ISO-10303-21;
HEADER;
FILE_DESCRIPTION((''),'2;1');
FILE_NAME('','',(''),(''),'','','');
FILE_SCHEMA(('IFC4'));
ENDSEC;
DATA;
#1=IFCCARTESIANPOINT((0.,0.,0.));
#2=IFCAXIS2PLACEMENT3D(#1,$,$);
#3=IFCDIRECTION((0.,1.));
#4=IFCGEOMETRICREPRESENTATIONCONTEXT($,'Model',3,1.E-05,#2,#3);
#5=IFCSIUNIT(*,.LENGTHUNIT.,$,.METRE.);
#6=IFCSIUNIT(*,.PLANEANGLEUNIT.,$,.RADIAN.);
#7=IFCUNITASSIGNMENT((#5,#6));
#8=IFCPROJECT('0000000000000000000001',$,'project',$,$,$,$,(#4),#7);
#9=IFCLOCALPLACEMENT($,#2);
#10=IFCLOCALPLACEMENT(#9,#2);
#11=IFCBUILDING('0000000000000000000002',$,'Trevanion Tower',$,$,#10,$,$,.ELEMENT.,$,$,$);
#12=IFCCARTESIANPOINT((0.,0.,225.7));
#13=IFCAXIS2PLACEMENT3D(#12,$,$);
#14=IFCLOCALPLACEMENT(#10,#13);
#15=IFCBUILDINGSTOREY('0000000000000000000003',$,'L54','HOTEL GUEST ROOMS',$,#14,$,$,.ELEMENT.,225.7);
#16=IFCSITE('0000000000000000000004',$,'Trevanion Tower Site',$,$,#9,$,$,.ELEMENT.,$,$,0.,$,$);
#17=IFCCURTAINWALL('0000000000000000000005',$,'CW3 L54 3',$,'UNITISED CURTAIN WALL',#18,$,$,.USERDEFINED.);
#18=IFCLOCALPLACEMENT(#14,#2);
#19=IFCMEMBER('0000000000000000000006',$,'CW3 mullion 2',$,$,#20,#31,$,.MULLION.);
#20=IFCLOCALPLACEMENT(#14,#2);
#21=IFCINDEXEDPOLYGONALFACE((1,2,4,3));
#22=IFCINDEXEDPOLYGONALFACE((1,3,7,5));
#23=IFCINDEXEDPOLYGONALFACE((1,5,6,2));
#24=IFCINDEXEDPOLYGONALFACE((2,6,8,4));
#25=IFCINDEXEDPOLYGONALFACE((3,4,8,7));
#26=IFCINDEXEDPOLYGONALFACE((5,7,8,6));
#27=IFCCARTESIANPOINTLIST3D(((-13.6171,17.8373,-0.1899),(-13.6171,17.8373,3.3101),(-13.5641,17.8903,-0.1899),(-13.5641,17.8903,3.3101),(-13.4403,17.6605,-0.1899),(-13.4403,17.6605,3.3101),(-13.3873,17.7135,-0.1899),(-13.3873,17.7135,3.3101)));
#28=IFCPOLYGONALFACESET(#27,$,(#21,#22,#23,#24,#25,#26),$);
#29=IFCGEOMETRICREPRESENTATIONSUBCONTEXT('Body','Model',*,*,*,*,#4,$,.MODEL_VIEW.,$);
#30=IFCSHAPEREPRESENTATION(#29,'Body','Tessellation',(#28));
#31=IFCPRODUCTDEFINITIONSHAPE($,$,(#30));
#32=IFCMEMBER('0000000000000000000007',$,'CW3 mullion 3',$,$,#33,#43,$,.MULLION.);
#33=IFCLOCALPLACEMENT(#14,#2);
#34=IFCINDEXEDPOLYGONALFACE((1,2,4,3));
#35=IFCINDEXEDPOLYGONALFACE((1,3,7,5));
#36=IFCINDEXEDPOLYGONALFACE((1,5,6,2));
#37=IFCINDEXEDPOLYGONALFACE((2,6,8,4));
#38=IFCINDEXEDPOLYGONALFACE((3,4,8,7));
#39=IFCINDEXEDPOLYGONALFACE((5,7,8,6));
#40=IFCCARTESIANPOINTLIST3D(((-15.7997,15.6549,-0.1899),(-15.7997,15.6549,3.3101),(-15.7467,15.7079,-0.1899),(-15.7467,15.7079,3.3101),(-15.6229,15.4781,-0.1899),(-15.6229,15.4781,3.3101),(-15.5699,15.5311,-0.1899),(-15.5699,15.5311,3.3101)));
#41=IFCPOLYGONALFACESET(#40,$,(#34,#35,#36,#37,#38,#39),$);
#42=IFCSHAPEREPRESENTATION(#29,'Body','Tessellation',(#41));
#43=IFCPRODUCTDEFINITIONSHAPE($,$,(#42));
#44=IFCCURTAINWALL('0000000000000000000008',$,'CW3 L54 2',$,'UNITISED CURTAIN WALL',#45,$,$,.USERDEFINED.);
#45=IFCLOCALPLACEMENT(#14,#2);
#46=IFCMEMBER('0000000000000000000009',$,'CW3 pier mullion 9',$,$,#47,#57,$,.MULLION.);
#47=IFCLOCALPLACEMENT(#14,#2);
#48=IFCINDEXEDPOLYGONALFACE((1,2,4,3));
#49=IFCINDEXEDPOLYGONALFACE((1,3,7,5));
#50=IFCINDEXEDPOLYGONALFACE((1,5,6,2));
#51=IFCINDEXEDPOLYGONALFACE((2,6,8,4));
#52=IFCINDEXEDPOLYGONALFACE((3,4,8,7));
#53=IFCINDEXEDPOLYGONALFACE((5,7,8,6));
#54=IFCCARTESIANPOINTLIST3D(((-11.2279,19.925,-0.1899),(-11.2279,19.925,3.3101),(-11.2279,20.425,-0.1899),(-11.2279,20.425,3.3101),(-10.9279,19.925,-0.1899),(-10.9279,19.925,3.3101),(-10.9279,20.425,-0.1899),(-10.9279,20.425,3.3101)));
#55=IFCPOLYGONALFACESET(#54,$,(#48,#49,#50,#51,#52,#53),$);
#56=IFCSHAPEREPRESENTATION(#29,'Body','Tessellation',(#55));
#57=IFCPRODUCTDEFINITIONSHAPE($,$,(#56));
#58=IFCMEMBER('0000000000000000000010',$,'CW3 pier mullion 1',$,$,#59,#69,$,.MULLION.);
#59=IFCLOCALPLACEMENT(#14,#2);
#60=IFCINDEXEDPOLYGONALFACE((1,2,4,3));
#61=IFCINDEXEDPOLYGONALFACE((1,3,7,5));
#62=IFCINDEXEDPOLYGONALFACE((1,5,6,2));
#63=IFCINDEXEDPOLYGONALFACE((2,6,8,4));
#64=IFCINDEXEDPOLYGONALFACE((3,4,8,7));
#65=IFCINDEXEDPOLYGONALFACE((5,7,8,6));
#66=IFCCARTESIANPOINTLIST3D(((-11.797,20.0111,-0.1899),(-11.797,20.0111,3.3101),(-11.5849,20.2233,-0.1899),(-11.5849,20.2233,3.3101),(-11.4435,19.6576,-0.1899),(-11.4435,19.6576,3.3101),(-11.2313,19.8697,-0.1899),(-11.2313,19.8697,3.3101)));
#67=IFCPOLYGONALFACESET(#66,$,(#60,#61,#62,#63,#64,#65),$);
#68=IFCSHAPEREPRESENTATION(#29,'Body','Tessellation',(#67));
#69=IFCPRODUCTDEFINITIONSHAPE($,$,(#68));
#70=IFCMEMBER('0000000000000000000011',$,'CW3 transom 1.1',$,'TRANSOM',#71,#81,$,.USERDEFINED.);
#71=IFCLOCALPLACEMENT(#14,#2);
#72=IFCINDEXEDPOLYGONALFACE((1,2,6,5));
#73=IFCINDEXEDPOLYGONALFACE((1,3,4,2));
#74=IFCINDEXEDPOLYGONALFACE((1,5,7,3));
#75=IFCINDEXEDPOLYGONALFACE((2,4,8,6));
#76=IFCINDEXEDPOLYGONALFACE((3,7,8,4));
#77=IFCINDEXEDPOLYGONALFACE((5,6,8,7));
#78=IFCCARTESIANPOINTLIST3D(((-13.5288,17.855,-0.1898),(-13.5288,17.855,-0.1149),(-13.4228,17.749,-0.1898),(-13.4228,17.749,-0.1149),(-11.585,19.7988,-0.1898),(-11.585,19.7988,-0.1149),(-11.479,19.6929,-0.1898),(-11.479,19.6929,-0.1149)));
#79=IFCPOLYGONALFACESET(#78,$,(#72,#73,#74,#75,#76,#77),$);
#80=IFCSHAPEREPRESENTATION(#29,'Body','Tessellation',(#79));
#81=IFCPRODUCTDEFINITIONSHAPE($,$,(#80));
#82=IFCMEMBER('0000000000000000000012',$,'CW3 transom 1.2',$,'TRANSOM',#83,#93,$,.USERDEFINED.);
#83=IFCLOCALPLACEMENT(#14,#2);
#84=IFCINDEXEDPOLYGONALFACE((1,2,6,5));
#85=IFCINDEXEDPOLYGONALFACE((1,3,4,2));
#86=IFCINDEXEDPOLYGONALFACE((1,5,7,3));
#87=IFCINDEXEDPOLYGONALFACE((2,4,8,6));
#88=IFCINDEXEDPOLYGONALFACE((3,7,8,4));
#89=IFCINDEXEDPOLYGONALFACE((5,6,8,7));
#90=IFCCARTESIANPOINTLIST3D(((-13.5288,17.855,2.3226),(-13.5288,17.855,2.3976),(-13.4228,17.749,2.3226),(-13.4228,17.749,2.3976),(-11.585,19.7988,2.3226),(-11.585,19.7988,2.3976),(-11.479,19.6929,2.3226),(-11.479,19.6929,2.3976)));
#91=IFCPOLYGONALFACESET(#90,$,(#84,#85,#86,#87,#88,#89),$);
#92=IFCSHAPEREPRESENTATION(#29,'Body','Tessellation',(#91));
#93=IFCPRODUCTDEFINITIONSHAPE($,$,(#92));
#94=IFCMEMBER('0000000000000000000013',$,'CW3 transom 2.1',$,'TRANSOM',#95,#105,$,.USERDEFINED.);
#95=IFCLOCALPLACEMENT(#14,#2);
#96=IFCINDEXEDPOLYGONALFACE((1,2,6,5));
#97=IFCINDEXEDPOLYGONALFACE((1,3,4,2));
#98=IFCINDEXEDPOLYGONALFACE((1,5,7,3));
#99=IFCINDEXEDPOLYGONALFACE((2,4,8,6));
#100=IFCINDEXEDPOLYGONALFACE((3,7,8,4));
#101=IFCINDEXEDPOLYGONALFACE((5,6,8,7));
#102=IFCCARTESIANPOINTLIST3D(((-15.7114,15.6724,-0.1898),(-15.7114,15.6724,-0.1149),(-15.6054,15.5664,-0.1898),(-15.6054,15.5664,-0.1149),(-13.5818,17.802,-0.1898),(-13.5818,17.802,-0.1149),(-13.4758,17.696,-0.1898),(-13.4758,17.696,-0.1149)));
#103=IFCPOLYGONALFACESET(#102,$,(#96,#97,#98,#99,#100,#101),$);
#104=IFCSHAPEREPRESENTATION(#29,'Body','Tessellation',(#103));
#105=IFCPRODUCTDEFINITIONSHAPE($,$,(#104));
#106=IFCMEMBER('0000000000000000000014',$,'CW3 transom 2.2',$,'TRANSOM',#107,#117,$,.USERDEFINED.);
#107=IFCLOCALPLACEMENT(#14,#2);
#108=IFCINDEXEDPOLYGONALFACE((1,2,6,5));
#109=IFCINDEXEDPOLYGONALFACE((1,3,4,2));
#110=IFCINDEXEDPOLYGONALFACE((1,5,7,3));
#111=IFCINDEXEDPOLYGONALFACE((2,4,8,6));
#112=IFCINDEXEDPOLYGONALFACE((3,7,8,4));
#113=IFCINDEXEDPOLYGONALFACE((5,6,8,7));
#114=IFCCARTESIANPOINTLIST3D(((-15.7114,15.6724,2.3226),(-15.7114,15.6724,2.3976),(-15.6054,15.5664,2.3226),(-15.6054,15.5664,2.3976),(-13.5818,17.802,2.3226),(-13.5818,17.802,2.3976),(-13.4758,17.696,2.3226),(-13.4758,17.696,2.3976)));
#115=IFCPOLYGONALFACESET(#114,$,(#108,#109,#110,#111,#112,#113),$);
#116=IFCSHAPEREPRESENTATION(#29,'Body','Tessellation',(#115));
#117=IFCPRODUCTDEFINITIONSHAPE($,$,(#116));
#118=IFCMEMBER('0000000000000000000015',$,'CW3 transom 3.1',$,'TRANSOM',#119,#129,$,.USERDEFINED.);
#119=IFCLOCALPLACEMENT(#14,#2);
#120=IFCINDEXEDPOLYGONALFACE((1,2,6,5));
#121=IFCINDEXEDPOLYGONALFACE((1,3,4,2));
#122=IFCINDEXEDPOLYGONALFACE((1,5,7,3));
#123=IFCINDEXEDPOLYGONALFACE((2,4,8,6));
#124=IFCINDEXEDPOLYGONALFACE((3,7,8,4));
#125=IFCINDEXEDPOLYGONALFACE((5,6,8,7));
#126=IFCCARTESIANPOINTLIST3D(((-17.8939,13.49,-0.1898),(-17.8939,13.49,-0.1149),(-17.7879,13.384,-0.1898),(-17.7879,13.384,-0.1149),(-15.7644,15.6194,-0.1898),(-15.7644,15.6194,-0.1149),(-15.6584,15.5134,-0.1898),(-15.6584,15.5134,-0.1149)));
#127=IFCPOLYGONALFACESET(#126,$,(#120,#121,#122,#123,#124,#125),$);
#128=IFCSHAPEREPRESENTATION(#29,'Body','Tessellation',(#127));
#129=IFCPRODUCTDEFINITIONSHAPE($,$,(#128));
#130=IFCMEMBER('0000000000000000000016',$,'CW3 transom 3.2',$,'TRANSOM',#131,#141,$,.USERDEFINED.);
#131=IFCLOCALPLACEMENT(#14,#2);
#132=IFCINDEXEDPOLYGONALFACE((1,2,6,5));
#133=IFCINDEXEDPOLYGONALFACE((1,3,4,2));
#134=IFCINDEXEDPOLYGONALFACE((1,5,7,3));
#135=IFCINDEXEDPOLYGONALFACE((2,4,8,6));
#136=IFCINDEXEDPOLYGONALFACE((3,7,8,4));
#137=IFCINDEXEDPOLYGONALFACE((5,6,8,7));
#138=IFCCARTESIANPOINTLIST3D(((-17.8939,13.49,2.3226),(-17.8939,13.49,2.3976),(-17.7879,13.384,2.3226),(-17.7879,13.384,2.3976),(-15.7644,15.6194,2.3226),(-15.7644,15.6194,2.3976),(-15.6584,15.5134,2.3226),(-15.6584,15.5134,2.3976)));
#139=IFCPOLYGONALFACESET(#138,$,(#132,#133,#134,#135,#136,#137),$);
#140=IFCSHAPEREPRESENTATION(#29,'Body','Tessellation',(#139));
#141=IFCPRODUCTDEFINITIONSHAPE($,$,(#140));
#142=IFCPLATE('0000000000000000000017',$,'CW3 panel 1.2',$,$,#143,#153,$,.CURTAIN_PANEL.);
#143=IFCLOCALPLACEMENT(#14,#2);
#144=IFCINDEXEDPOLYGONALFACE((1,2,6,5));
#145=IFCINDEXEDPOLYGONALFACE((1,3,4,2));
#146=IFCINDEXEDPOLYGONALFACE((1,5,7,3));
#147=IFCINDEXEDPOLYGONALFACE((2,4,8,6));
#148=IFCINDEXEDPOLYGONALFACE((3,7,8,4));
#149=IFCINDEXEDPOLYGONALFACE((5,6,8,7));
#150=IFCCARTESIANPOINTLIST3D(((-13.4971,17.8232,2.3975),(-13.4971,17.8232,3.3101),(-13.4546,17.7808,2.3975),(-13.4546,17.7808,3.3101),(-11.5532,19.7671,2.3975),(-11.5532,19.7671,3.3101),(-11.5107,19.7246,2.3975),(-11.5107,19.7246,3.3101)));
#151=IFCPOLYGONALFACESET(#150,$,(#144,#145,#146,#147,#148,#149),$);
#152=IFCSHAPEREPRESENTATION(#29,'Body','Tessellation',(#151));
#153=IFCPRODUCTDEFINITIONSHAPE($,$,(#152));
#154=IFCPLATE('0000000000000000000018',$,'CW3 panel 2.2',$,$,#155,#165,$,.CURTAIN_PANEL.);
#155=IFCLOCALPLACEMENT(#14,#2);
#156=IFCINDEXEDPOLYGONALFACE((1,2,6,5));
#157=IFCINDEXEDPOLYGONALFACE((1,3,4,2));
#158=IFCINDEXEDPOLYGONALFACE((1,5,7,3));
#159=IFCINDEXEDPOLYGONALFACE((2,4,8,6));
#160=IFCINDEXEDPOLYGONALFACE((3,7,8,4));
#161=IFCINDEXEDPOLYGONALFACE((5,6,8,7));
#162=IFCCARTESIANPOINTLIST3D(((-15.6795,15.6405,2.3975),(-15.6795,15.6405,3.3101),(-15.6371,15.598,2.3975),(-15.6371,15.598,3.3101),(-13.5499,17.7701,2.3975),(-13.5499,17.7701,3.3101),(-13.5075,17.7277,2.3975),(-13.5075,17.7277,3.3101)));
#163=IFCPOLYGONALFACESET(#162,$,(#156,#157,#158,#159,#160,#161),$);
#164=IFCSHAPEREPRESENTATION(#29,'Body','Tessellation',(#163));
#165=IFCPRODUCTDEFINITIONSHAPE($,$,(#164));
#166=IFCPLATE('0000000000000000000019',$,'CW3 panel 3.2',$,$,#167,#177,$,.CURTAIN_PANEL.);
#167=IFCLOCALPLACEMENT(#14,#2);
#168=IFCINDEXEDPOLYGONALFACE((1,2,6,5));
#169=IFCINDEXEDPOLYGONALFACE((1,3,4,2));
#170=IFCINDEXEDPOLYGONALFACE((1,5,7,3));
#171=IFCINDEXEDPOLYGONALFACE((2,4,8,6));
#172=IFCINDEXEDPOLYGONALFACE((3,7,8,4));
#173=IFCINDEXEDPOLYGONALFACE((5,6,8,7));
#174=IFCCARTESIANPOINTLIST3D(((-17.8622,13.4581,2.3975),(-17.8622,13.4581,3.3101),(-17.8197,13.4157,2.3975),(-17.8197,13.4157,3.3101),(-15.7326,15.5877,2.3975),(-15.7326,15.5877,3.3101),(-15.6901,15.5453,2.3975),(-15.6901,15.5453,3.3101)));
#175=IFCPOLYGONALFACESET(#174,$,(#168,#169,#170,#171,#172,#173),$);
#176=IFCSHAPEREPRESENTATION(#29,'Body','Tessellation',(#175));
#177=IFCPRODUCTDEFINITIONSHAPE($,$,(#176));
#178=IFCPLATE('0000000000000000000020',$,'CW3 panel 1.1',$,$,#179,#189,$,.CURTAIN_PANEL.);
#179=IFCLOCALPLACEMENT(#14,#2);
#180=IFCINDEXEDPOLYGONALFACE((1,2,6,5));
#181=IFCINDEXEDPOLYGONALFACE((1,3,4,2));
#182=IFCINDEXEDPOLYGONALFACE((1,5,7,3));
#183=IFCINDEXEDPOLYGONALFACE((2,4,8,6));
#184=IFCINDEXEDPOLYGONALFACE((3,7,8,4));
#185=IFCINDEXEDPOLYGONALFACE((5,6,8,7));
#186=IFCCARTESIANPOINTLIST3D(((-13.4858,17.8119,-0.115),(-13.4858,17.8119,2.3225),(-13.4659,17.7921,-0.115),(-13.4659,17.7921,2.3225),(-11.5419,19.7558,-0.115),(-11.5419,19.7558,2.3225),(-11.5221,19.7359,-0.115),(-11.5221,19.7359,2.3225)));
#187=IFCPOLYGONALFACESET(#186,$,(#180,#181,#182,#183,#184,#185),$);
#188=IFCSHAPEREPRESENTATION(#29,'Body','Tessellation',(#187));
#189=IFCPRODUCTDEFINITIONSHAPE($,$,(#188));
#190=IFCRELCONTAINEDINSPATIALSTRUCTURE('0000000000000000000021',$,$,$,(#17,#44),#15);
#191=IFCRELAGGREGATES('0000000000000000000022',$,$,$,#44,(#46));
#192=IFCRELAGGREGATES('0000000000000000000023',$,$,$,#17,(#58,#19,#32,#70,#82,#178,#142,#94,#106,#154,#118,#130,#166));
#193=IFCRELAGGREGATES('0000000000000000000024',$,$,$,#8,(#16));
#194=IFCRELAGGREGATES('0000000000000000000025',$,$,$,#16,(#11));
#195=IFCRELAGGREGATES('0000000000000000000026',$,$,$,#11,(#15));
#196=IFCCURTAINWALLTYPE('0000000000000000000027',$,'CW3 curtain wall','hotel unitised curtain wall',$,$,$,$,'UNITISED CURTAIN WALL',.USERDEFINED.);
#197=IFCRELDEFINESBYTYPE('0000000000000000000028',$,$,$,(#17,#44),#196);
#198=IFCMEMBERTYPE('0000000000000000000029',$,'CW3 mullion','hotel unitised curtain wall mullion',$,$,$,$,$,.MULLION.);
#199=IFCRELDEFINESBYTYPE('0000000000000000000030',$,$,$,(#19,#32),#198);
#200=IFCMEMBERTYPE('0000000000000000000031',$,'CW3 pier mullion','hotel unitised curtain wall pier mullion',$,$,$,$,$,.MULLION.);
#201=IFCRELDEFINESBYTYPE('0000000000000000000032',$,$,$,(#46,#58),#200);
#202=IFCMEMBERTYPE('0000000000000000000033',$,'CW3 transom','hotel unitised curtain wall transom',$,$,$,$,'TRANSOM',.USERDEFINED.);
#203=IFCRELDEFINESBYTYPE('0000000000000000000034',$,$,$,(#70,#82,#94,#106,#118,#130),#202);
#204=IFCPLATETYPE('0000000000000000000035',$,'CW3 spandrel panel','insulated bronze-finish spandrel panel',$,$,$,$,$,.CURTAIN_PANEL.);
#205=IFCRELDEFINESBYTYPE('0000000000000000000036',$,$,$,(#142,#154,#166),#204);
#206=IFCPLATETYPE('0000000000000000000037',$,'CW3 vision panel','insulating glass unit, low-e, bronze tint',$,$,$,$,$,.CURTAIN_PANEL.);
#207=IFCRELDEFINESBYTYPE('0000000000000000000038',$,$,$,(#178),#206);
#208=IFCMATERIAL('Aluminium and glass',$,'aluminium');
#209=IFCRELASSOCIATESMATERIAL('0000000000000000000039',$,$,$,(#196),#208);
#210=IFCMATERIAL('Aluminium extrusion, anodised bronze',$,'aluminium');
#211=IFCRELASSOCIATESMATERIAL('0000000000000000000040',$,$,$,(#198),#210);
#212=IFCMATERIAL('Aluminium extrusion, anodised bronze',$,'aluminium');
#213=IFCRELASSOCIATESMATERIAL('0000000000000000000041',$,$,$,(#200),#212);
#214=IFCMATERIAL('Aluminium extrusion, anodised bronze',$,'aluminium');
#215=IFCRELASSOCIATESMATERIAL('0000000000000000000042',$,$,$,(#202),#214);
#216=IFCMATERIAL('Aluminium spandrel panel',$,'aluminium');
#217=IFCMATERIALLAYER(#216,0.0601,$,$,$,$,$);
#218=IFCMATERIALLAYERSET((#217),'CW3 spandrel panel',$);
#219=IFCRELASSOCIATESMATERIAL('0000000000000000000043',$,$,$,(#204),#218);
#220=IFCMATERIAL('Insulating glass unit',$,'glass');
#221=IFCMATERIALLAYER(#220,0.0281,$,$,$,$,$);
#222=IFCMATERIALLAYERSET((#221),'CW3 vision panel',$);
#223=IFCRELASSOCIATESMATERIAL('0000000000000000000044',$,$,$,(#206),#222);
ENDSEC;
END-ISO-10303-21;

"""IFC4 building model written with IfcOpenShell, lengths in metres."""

from ifc_helpers import new_model, si_unit, direction, frame, origin, origin_2d, place, context, subcontext, project, spatial, rectangle, extrude, material, layer, layer_set, material_profile, profile_set, type_object, element, aggregate, save


model = new_model("IFC4")

# Units and contexts
model_context = context("Model", 3, precision=1e-05, world=origin(), true_north=direction((0.0, 1.0)))
body_context = subcontext(model_context, "Body", "Model", "MODEL_VIEW")
ifc_project = project(units=[si_unit("LENGTHUNIT", "METRE"), si_unit("PLANEANGLEUNIT", "RADIAN")], contexts=[model_context])

# Site, building, storey
site_placement = place(None, origin())
site = spatial("IfcSite", under=ifc_project, at=site_placement, Name="Trevanion Tower Site", CompositionType="ELEMENT", RefElevation=0.0)
building_placement = place(site_placement, origin())
building = spatial("IfcBuilding", under=site, at=building_placement, Name="Trevanion Tower", CompositionType="ELEMENT")
storey_placement = place(building_placement, frame((0.0, 0.0, 225.7)))
storey = spatial("IfcBuildingStorey", under=building, at=storey_placement, Name="L54", Description="HOTEL GUEST ROOMS", CompositionType="ELEMENT", Elevation=225.7)

# Curtain wall, members
ifc_material_1 = material(Name="Aluminium and glass", Category="aluminium")
curtain_wall_type = type_object("IfcCurtainWallType", Name="CW3 curtain wall", Description="hotel unitised curtain wall", ElementType="UNITISED CURTAIN WALL", PredefinedType="USERDEFINED", material=ifc_material_1)
curtain_wall_1_placement = place(storey_placement, origin())
curtain_wall_1 = element("IfcCurtainWall", 1, at=curtain_wall_1_placement, inside=storey, type_object=curtain_wall_type, Name="CW3 L54 3", ObjectType="UNITISED CURTAIN WALL", PredefinedType="USERDEFINED")
ifc_material_2 = material(Name="Aluminium extrusion, anodised bronze", Category="aluminium")
ifc_material_profile_1 = material_profile(ifc_material_2, rectangle(XDim=0.075, YDim=0.25, at=origin_2d()), Name="CW3 mullion")
ifc_profile_set_1 = profile_set([ifc_material_profile_1], Name="Aluminium extrusion, anodised bronze")
member_type_1 = type_object("IfcMemberType", Name="CW3 mullion", Description="hotel unitised curtain wall mullion", PredefinedType="MULLION", material=ifc_profile_set_1)
member_1_placement = place(storey_placement, frame((-13.5022, 17.7754, -0.1899), z_axis=(0.0, 0.0, 1.0), x_axis=(-0.707107, -0.707107, 0.0)))
member_1 = element("IfcMember", 2, at=member_1_placement, type_object=member_type_1, Name="CW3 mullion 2", PredefinedType="MULLION", context=body_context, shape_type="SweptSolid", body=[
    extrude(rectangle(XDim=0.075, YDim=0.25, at=origin_2d()), origin(), (0.0, 0.0, 1.0), 3.5),
])
member_2_placement = place(storey_placement, frame((-15.6848, 15.593, -0.1899), z_axis=(0.0, 0.0, 1.0), x_axis=(-0.707107, -0.707107, 0.0)))
member_2 = element("IfcMember", 3, at=member_2_placement, type_object=member_type_1, Name="CW3 mullion 3", PredefinedType="MULLION", context=body_context, shape_type="SweptSolid", body=[
    extrude(rectangle(XDim=0.075, YDim=0.25, at=origin_2d()), origin(), (0.0, 0.0, 1.0), 3.5),
])

# Curtain wall, member
curtain_wall_2_placement = place(storey_placement, origin())
curtain_wall_2 = element("IfcCurtainWall", 4, at=curtain_wall_2_placement, inside=storey, type_object=curtain_wall_type, Name="CW3 L54 2", ObjectType="UNITISED CURTAIN WALL", PredefinedType="USERDEFINED")
ifc_material_3 = material(Name="Aluminium extrusion, anodised bronze", Category="aluminium")
ifc_material_profile_2 = material_profile(ifc_material_3, rectangle(XDim=0.3, YDim=0.5, at=origin_2d()), Name="CW3 pier mullion")
ifc_profile_set_2 = profile_set([ifc_material_profile_2], Name="Aluminium extrusion, anodised bronze")
member_type_2 = type_object("IfcMemberType", Name="CW3 pier mullion", Description="hotel unitised curtain wall pier mullion", PredefinedType="MULLION", material=ifc_profile_set_2)
member_3_placement = place(storey_placement, frame((-11.0779, 20.175, -0.1899), z_axis=(0.0, 0.0, 1.0), x_axis=(-1.0, 0.0, 0.0)))
member_3 = element("IfcMember", 5, at=member_3_placement, type_object=member_type_2, Name="CW3 pier mullion 9", PredefinedType="MULLION", context=body_context, shape_type="SweptSolid", body=[
    extrude(rectangle(XDim=0.3, YDim=0.5, at=origin_2d()), origin(), (0.0, 0.0, 1.0), 3.5),
])
aggregate(curtain_wall_2, [member_3])

# Members
member_4_placement = place(storey_placement, frame((-11.5142, 19.9404, -0.1899), z_axis=(0.0, 0.0, 1.0), x_axis=(-0.707107, -0.707107, 0.0)))
member_4 = element("IfcMember", 6, at=member_4_placement, type_object=member_type_2, Name="CW3 pier mullion 1", PredefinedType="MULLION", context=body_context, shape_type="SweptSolid", body=[
    extrude(rectangle(XDim=0.3, YDim=0.5, at=origin_2d()), origin(), (0.0, 0.0, 1.0), 3.5),
])
ifc_material_4 = material(Name="Aluminium extrusion, anodised bronze", Category="aluminium")
ifc_material_profile_3 = material_profile(ifc_material_4, rectangle(XDim=0.1499, YDim=0.075, at=origin_2d()), Name="CW3 transom")
ifc_profile_set_3 = profile_set([ifc_material_profile_3], Name="Aluminium extrusion, anodised bronze")
member_type_3 = type_object("IfcMemberType", Name="CW3 transom", Description="hotel unitised curtain wall transom", ElementType="TRANSOM", PredefinedType="USERDEFINED", material=ifc_profile_set_3)
member_5_placement = place(storey_placement, frame((-11.532, 19.7458, -0.1523), z_axis=(-0.707107, -0.707107, 0.0), x_axis=(0.707107, -0.707107, 0.0)))
member_5 = element("IfcMember", 7, at=member_5_placement, type_object=member_type_3, Name="CW3 transom 1.1", ObjectType="TRANSOM", PredefinedType="USERDEFINED", context=body_context, shape_type="SweptSolid", body=[
    extrude(rectangle(XDim=0.1499, YDim=0.075, at=origin_2d()), origin(), (0.0, 0.0, 1.0), 2.749),
])
member_6_placement = place(storey_placement, frame((-11.532, 19.7458, 2.3601), z_axis=(-0.707107, -0.707107, 0.0), x_axis=(0.707107, -0.707107, 0.0)))
member_6 = element("IfcMember", 8, at=member_6_placement, type_object=member_type_3, Name="CW3 transom 1.2", ObjectType="TRANSOM", PredefinedType="USERDEFINED", context=body_context, shape_type="SweptSolid", body=[
    extrude(rectangle(XDim=0.1499, YDim=0.075, at=origin_2d()), origin(), (0.0, 0.0, 1.0), 2.749),
])
member_7_placement = place(storey_placement, frame((-13.5288, 17.749, -0.1523), z_axis=(-0.707107, -0.707107, 0.0), x_axis=(0.707107, -0.707107, 0.0)))
member_7 = element("IfcMember", 9, at=member_7_placement, type_object=member_type_3, Name="CW3 transom 2.1", ObjectType="TRANSOM", PredefinedType="USERDEFINED", context=body_context, shape_type="SweptSolid", body=[
    extrude(rectangle(XDim=0.1499, YDim=0.075, at=origin_2d()), origin(), (0.0, 0.0, 1.0), 3.0117),
])
member_8_placement = place(storey_placement, frame((-13.5288, 17.749, 2.3601), z_axis=(-0.707107, -0.707107, 0.0), x_axis=(0.707107, -0.707107, 0.0)))
member_8 = element("IfcMember", 10, at=member_8_placement, type_object=member_type_3, Name="CW3 transom 2.2", ObjectType="TRANSOM", PredefinedType="USERDEFINED", context=body_context, shape_type="SweptSolid", body=[
    extrude(rectangle(XDim=0.1499, YDim=0.075, at=origin_2d()), origin(), (0.0, 0.0, 1.0), 3.0117),
])
member_9_placement = place(storey_placement, frame((-15.7114, 15.5664, -0.1523), z_axis=(-0.707107, -0.707107, 0.0), x_axis=(0.707107, -0.707107, 0.0)))
member_9 = element("IfcMember", 11, at=member_9_placement, type_object=member_type_3, Name="CW3 transom 3.1", ObjectType="TRANSOM", PredefinedType="USERDEFINED", context=body_context, shape_type="SweptSolid", body=[
    extrude(rectangle(XDim=0.1499, YDim=0.075, at=origin_2d()), origin(), (0.0, 0.0, 1.0), 3.0115),
])
member_10_placement = place(storey_placement, frame((-15.7114, 15.5664, 2.3601), z_axis=(-0.707107, -0.707107, 0.0), x_axis=(0.707107, -0.707107, 0.0)))
member_10 = element("IfcMember", 12, at=member_10_placement, type_object=member_type_3, Name="CW3 transom 3.2", ObjectType="TRANSOM", PredefinedType="USERDEFINED", context=body_context, shape_type="SweptSolid", body=[
    extrude(rectangle(XDim=0.1499, YDim=0.075, at=origin_2d()), origin(), (0.0, 0.0, 1.0), 3.0115),
])

# Plates
ifc_material_5 = material(Name="Aluminium spandrel panel", Category="aluminium")
ifc_layer_1 = layer(ifc_material_5, 0.0601)
ifc_layer_set_1 = layer_set([ifc_layer_1], Name="CW3 spandrel panel")
plate_type_1 = type_object("IfcPlateType", Name="CW3 spandrel panel", Description="insulated bronze-finish spandrel panel", PredefinedType="CURTAIN_PANEL", material=ifc_layer_set_1)
plate_1_placement = place(storey_placement, frame((-12.5039, 18.7739, 2.3975), z_axis=(0.0, 0.0, 1.0), x_axis=(-0.707107, -0.707107, 0.0)))
plate_1 = element("IfcPlate", 13, at=plate_1_placement, type_object=plate_type_1, Name="CW3 panel 1.2", PredefinedType="CURTAIN_PANEL", context=body_context, shape_type="SweptSolid", body=[
    extrude(rectangle(XDim=2.749, YDim=0.0601, at=origin_2d()), origin(), (0.0, 0.0, 1.0), 0.9126),
])
plate_2_placement = place(storey_placement, frame((-14.5935, 16.6841, 2.3975), z_axis=(0.0, 0.0, 1.0), x_axis=(-0.707107, -0.707107, 0.0)))
plate_2 = element("IfcPlate", 14, at=plate_2_placement, type_object=plate_type_1, Name="CW3 panel 2.2", PredefinedType="CURTAIN_PANEL", context=body_context, shape_type="SweptSolid", body=[
    extrude(rectangle(XDim=3.0117, YDim=0.0601, at=origin_2d()), origin(), (0.0, 0.0, 1.0), 0.9126),
])
plate_3_placement = place(storey_placement, frame((-16.7761, 14.5017, 2.3975), z_axis=(0.0, 0.0, 1.0), x_axis=(-0.707107, -0.707107, 0.0)))
plate_3 = element("IfcPlate", 15, at=plate_3_placement, type_object=plate_type_1, Name="CW3 panel 3.2", PredefinedType="CURTAIN_PANEL", context=body_context, shape_type="SweptSolid", body=[
    extrude(rectangle(XDim=3.0117, YDim=0.0601, at=origin_2d()), origin(), (0.0, 0.0, 1.0), 0.9126),
])
ifc_material_6 = material(Name="Insulating glass unit", Category="glass")
ifc_layer_2 = layer(ifc_material_6, 0.0281)
ifc_layer_set_2 = layer_set([ifc_layer_2], Name="CW3 vision panel")
plate_type_2 = type_object("IfcPlateType", Name="CW3 vision panel", Description="insulating glass unit, low-e, bronze tint", PredefinedType="CURTAIN_PANEL", material=ifc_layer_set_2)
plate_4_placement = place(storey_placement, frame((-12.5039, 18.7739, -0.115), z_axis=(0.0, 0.0, 1.0), x_axis=(-0.707107, -0.707107, 0.0)))
plate_4 = element("IfcPlate", 16, at=plate_4_placement, type_object=plate_type_2, Name="CW3 panel 1.1", PredefinedType="CURTAIN_PANEL", context=body_context, shape_type="SweptSolid", body=[
    extrude(rectangle(XDim=2.749, YDim=0.0281, at=origin_2d()), origin(), (0.0, 0.0, 1.0), 2.4375),
])
aggregate(curtain_wall_1, [member_4, member_1, member_2, member_5, member_6, plate_4, plate_1, member_7, member_8, plate_2, member_9, member_10, plate_3])

save(model, "model.ifc")
